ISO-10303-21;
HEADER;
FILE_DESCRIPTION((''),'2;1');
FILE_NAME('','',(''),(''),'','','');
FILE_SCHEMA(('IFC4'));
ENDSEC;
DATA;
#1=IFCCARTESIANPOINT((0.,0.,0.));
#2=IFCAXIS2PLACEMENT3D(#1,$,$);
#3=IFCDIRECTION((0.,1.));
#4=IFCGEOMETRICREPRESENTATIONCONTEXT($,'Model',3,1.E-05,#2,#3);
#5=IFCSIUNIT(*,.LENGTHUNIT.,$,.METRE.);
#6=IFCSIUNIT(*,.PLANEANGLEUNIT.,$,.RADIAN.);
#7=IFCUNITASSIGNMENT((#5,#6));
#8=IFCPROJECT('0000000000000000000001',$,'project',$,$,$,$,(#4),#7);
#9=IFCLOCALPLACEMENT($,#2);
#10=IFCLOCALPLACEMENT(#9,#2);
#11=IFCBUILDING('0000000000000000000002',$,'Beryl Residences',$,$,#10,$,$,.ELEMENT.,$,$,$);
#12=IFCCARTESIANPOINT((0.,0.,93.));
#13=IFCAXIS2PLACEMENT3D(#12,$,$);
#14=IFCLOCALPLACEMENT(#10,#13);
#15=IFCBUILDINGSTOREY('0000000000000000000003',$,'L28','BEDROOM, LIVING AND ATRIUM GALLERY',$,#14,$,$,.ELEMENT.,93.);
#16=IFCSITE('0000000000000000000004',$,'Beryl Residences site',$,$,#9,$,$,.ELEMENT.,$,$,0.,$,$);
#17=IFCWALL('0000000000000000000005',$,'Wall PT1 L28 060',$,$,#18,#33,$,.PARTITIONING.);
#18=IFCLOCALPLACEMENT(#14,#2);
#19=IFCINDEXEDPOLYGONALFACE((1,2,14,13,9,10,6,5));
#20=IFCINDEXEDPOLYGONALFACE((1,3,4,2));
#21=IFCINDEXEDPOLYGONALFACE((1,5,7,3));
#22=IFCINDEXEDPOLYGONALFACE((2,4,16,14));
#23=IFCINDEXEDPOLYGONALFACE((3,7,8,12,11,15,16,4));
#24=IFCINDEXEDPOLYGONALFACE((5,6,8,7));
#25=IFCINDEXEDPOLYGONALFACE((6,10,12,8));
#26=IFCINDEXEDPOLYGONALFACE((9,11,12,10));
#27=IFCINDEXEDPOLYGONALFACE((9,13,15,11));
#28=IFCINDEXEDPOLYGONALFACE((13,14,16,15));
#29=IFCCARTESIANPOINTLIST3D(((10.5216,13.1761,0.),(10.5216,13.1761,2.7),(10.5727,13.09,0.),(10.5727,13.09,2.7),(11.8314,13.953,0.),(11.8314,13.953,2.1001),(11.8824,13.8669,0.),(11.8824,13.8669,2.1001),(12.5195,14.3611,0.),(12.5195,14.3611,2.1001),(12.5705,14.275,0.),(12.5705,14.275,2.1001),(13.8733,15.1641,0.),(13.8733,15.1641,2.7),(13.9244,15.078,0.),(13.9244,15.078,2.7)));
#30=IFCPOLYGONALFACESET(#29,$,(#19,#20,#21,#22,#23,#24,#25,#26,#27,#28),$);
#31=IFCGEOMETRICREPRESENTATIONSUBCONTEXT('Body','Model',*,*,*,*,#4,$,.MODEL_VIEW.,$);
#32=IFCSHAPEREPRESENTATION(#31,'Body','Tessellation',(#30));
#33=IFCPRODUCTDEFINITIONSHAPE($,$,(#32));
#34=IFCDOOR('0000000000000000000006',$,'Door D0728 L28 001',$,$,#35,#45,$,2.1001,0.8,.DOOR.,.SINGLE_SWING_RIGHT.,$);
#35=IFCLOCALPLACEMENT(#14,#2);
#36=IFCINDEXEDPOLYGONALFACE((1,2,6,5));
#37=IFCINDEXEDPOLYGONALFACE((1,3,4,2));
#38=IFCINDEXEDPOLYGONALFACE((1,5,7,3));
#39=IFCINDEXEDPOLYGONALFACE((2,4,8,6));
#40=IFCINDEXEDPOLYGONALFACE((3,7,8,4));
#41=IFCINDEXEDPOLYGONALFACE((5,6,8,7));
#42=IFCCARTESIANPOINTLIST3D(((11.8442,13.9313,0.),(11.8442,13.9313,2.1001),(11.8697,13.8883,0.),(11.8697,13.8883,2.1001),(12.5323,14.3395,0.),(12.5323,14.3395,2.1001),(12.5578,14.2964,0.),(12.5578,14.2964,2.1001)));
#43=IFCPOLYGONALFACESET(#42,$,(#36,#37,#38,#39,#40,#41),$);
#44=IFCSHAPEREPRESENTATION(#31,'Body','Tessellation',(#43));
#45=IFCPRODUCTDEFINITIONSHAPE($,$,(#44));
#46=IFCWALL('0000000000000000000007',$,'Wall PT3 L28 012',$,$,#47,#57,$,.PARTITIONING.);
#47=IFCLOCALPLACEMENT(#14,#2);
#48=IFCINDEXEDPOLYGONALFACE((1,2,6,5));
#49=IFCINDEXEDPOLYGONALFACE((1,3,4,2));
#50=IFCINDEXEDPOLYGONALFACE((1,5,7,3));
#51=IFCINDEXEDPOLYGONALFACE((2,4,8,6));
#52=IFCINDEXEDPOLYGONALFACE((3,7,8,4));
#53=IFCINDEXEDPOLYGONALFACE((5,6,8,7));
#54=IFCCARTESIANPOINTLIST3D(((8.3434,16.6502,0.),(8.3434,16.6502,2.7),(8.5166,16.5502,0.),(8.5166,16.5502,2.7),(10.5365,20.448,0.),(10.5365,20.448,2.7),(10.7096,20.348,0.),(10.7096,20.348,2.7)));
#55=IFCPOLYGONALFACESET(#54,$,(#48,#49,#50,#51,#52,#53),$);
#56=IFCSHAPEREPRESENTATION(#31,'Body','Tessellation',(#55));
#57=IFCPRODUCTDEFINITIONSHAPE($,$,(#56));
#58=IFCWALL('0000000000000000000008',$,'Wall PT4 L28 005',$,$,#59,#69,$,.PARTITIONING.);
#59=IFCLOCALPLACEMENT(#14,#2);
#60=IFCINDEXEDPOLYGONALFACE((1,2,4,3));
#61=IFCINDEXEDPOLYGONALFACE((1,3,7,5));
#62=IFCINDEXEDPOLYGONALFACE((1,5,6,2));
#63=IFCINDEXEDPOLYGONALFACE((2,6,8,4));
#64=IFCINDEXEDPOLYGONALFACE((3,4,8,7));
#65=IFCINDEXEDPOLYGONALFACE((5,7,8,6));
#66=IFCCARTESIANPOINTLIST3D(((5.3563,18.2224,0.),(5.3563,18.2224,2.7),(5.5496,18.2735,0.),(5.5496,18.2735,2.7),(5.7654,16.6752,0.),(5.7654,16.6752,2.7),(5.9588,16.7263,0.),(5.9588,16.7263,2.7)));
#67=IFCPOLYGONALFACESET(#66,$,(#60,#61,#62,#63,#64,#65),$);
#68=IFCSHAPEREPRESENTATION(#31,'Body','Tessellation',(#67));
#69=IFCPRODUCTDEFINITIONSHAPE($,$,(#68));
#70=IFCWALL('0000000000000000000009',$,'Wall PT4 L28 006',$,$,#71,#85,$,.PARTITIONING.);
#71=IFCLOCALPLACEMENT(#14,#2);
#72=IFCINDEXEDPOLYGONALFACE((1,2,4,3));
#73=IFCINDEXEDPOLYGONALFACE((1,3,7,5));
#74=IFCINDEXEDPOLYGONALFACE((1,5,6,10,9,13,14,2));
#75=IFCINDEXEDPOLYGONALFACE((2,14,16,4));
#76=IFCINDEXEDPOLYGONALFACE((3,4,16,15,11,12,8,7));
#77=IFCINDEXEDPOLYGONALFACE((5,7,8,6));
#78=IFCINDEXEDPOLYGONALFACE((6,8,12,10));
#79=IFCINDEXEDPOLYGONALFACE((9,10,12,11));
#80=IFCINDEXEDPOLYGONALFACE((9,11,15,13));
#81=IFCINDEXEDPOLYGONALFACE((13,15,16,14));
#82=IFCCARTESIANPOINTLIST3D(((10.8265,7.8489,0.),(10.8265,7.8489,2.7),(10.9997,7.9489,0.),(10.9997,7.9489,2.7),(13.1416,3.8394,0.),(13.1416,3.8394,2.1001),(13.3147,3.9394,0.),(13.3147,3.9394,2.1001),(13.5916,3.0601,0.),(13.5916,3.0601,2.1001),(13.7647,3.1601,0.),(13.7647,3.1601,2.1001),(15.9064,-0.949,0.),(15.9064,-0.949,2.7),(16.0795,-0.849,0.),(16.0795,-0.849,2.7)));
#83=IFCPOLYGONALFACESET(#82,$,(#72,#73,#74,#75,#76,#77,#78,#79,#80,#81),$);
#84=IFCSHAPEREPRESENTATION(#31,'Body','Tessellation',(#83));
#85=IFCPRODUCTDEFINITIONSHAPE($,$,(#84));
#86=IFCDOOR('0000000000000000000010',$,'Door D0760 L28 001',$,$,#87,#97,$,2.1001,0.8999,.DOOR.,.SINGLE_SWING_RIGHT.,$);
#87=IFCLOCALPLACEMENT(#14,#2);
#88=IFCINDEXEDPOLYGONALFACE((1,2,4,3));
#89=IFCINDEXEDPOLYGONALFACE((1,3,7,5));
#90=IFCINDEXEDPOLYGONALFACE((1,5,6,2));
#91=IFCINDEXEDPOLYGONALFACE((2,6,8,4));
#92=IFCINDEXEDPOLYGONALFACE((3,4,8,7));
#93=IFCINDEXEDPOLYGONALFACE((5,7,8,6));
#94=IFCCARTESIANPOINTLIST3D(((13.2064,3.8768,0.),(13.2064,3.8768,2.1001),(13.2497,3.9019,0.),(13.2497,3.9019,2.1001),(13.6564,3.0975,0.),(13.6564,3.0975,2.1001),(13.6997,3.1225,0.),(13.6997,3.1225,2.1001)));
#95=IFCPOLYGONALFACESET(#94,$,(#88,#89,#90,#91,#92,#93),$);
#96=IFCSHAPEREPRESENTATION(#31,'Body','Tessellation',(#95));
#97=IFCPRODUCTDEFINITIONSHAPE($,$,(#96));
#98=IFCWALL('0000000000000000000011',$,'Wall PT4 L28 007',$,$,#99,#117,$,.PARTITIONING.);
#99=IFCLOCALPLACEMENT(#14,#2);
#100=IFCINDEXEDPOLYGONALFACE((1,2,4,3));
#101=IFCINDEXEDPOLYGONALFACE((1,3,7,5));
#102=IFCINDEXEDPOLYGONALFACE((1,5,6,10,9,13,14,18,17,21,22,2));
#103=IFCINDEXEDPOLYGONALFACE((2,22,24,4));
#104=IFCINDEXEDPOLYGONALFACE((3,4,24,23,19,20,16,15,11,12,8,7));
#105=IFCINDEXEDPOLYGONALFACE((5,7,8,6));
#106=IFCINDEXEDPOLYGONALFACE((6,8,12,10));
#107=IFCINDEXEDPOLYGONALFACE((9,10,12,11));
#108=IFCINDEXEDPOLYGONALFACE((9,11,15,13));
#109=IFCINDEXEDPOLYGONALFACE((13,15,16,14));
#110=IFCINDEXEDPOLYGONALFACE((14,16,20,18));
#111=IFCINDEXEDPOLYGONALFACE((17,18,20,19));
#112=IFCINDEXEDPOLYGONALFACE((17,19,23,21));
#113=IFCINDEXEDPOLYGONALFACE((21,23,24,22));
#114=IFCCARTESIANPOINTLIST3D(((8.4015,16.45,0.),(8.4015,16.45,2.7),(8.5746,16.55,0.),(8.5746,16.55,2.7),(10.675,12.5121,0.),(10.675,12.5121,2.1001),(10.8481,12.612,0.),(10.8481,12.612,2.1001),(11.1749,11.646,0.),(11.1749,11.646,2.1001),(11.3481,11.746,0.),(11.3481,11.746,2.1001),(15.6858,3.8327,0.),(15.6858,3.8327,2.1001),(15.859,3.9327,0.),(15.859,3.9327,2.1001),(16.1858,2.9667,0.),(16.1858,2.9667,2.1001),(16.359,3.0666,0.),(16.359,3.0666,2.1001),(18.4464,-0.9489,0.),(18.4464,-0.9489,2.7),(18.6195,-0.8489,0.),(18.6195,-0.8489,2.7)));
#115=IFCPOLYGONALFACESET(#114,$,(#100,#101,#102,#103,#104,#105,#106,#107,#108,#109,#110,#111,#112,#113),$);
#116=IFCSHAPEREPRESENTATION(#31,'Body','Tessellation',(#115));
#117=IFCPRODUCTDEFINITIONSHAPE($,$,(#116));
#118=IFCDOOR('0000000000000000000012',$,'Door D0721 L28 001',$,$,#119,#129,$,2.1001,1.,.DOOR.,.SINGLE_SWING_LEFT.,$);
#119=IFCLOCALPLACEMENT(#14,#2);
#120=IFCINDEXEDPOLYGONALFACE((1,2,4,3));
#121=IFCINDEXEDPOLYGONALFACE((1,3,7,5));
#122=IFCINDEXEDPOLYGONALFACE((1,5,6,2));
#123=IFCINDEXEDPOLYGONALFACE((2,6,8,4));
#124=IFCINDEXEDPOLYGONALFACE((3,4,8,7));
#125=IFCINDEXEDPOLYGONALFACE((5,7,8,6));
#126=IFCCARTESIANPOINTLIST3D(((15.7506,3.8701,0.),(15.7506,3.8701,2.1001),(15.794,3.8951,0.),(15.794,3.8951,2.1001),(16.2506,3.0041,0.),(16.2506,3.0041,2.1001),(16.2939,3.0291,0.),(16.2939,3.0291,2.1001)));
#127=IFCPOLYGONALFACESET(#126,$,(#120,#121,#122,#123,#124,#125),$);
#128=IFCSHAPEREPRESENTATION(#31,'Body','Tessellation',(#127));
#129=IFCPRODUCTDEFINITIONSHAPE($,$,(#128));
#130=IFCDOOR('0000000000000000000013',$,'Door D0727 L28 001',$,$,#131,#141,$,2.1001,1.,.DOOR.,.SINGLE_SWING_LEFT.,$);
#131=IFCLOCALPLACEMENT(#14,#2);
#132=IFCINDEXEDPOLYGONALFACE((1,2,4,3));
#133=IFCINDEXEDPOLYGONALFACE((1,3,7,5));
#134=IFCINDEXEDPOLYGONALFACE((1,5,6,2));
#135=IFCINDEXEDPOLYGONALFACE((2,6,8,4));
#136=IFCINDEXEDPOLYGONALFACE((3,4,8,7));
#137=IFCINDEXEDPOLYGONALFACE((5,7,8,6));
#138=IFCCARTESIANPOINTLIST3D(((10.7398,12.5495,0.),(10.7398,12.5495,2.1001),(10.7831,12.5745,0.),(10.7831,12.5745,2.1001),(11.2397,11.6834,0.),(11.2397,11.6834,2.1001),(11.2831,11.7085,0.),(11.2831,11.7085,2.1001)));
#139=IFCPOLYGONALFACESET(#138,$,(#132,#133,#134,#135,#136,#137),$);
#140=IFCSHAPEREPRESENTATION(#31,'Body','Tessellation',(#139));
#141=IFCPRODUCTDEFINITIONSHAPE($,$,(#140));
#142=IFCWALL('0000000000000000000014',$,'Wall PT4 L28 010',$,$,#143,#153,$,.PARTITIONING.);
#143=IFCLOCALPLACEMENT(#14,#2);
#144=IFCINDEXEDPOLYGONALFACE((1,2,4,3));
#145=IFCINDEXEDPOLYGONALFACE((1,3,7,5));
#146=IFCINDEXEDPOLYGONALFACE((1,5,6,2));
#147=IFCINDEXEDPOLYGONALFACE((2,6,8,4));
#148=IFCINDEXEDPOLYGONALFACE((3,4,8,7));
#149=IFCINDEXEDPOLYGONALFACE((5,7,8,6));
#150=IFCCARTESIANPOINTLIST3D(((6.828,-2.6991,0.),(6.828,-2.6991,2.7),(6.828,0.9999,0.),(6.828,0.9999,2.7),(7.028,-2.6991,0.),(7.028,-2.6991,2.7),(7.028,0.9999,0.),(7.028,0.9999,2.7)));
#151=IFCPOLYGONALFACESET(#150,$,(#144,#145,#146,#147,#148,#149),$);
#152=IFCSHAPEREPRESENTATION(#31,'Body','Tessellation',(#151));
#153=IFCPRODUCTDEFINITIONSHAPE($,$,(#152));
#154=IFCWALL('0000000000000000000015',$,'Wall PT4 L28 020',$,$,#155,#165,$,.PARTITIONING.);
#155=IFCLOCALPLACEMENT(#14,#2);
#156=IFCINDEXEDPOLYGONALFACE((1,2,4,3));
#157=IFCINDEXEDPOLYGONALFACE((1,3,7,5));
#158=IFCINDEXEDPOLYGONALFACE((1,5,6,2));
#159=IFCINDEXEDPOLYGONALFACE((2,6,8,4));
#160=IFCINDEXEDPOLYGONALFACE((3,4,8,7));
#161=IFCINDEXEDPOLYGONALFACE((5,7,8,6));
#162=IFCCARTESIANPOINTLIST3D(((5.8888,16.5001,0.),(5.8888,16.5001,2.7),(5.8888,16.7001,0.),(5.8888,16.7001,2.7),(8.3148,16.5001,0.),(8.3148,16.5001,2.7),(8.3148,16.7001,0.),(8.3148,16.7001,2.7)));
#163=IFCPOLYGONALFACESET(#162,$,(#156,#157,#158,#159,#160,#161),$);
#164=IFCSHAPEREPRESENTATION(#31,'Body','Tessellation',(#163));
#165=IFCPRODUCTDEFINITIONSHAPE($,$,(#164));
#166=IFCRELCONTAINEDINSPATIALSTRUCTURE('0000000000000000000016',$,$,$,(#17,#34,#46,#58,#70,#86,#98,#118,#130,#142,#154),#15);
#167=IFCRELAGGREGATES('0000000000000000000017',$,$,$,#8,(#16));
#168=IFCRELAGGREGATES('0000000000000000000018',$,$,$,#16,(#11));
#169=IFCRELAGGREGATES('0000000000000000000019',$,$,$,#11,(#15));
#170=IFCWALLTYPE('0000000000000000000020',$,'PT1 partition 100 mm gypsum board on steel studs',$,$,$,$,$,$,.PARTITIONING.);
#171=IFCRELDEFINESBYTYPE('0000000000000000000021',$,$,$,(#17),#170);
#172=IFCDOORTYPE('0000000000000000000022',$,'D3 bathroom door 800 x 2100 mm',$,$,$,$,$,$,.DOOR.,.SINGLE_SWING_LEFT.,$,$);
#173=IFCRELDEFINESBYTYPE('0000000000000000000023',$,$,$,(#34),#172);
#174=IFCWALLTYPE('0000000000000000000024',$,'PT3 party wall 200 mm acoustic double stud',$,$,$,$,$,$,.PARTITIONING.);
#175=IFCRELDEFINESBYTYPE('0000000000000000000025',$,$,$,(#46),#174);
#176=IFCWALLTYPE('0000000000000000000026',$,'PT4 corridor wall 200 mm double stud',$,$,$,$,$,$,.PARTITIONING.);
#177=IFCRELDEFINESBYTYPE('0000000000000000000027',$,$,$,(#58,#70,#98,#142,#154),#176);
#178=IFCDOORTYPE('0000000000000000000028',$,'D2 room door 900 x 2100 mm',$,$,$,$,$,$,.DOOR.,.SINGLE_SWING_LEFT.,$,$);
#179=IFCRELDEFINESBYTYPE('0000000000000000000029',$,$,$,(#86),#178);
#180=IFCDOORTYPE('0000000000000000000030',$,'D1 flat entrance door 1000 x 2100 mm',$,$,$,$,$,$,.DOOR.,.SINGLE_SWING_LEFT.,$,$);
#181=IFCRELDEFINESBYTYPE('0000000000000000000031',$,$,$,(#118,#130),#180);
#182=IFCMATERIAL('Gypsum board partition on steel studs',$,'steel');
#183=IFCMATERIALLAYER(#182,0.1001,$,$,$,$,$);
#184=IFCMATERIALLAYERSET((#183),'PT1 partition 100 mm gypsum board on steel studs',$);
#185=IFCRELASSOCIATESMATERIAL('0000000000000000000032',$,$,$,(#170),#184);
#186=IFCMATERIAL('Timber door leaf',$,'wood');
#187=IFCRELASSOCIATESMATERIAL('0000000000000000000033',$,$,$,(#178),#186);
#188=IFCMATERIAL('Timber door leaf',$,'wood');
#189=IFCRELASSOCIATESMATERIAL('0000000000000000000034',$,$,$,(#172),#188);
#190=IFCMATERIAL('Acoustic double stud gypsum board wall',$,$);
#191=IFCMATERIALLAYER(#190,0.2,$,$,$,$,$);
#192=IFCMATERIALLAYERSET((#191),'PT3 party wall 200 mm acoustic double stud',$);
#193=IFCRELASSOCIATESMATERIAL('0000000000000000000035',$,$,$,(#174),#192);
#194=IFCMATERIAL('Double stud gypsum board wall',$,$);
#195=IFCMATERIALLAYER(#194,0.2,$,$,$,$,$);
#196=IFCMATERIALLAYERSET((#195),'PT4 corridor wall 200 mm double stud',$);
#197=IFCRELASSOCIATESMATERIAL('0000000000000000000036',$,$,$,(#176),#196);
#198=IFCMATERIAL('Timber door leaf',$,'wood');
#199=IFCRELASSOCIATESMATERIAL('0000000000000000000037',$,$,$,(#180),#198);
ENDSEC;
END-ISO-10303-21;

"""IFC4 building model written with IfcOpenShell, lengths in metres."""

from ifc_helpers import new_model, si_unit, direction, frame, frame_2d, origin, place, context, subcontext, project, spatial, rectangle, extrude, material, layer, layer_set, type_object, element, fill, save


model = new_model("IFC4")

# Units and contexts
model_context = context("Model", 3, precision=1e-05, world=origin(), true_north=direction((0.0, 1.0)))
body_context = subcontext(model_context, "Body", "Model", "MODEL_VIEW")
ifc_project = project(units=[si_unit("LENGTHUNIT", "METRE"), si_unit("PLANEANGLEUNIT", "RADIAN")], contexts=[model_context])

# Site, building, storey
site_placement = place(None, origin())
site = spatial("IfcSite", under=ifc_project, at=site_placement, Name="Beryl Residences site", CompositionType="ELEMENT", RefElevation=0.0)
building_placement = place(site_placement, origin())
building = spatial("IfcBuilding", under=site, at=building_placement, Name="Beryl Residences", CompositionType="ELEMENT")
storey_placement = place(building_placement, frame((0.0, 0.0, 93.0)))
storey = spatial("IfcBuildingStorey", under=building, at=storey_placement, Name="L28", Description="BEDROOM, LIVING AND ATRIUM GALLERY", CompositionType="ELEMENT", Elevation=93.0)

# Shared definitions
ifc_material_1 = material(Name="Gypsum board partition on steel studs", Category="steel")
ifc_layer_1 = layer(ifc_material_1, 0.1001)
ifc_layer_set_1 = layer_set([ifc_layer_1], Name="PT1 partition 100 mm gypsum board on steel studs")
wall_type_1 = type_object("IfcWallType", Name="PT1 partition 100 mm gypsum board on steel studs", PredefinedType="PARTITIONING", material=ifc_layer_set_1)

# Wall, opening, door
ifc_material_2 = material(Name="Timber door leaf", Category="wood")
door_type_1 = type_object("IfcDoorType", Name="D2 room door 900 x 2100 mm", OperationType="SINGLE_SWING_LEFT", PredefinedType="DOOR", material=ifc_material_2)
wall_1_placement = place(storey_placement, frame((10.5471, 13.1331, 0.0), z_axis=(0.0, 0.0, 1.0), x_axis=(0.860091, 0.510141, 0.0)))
wall_1 = element("IfcWall", 1, at=wall_1_placement, inside=storey, type_object=wall_type_1, Name="Wall PT1 L28 060", PredefinedType="PARTITIONING", context=body_context, shape_type="SweptSolid", body=[
    extrude(rectangle(XDim=3.897, YDim=0.1001, at=frame_2d((1.9485, 0.0))), origin(), (0.0, 0.0, 1.0), 2.7),
])
opening_1_placement = place(wall_1_placement, frame((1.5229, 0.0, 0.0)))
opening_1 = element("IfcOpeningElement", 2, at=opening_1_placement, cuts=wall_1, PredefinedType="OPENING", context=body_context, shape_type="SweptSolid", body=[
    extrude(rectangle(XDim=0.8, YDim=2.1001, at=frame_2d((0.3999, 1.05))), frame((0.0, 0.0601, 0.0), z_axis=(0.0, -1.0, 0.0), x_axis=(1.0, 0.0, 0.0)), (0.0, 0.0, 1.0), 0.1201),
])
ifc_material_3 = material(Name="Timber door leaf", Category="wood")
door_type_2 = type_object("IfcDoorType", Name="D3 bathroom door 800 x 2100 mm", OperationType="SINGLE_SWING_LEFT", PredefinedType="DOOR", material=ifc_material_3)
door_1_placement = place(opening_1_placement, origin())
door_1 = element("IfcDoor", 3, at=door_1_placement, inside=storey, type_object=door_type_2, Name="Door D0728 L28 001", OperationType="SINGLE_SWING_RIGHT", OverallHeight=2.1001, OverallWidth=0.8, PredefinedType="DOOR", context=body_context, shape_type="SweptSolid", body=[
    extrude(rectangle(XDim=0.8, YDim=2.1001, at=frame_2d((0.3999, 1.05))), frame((0.0, 0.0249, 0.0), z_axis=(0.0, -1.0, 0.0), x_axis=(1.0, 0.0, 0.0)), (0.0, 0.0, 1.0), 0.05),
])
fill(opening_1, door_1)

# Walls
ifc_material_4 = material(Name="Acoustic double stud gypsum board wall")
ifc_layer_2 = layer(ifc_material_4, 0.2)
ifc_layer_set_2 = layer_set([ifc_layer_2], Name="PT3 party wall 200 mm acoustic double stud")
wall_type_2 = type_object("IfcWallType", Name="PT3 party wall 200 mm acoustic double stud", PredefinedType="PARTITIONING", material=ifc_layer_set_2)
wall_2_placement = place(storey_placement, frame((8.4299, 16.6001, 0.0), z_axis=(0.0, 0.0, 1.0), x_axis=(0.500073, 0.865983, 0.0)))
element("IfcWall", 4, at=wall_2_placement, inside=storey, type_object=wall_type_2, Name="Wall PT3 L28 012", PredefinedType="PARTITIONING", context=body_context, shape_type="SweptSolid", body=[
    extrude(rectangle(XDim=4.3855, YDim=0.2, at=frame_2d((2.1929, 0.0))), origin(), (0.0, 0.0, 1.0), 2.7),
])
ifc_material_5 = material(Name="Double stud gypsum board wall")
ifc_layer_3 = layer(ifc_material_5, 0.2)
ifc_layer_set_3 = layer_set([ifc_layer_3], Name="PT4 corridor wall 200 mm double stud")
wall_type_3 = type_object("IfcWallType", Name="PT4 corridor wall 200 mm double stud", PredefinedType="PARTITIONING", material=ifc_layer_set_3)
wall_3_placement = place(storey_placement, frame((5.4529, 18.248, 0.0), z_axis=(0.0, 0.0, 1.0), x_axis=(0.255687, -0.96676, 0.0)))
element("IfcWall", 5, at=wall_3_placement, inside=storey, type_object=wall_type_3, Name="Wall PT4 L28 005", PredefinedType="PARTITIONING", context=body_context, shape_type="SweptSolid", body=[
    extrude(rectangle(XDim=1.6003, YDim=0.2, at=frame_2d((0.8003, 0.0))), origin(), (0.0, 0.0, 1.0), 2.7),
])

# Wall, opening, door
wall_4_placement = place(storey_placement, frame((10.9131, 7.8989, 0.0), z_axis=(0.0, 0.0, 1.0), x_axis=(0.500029, -0.866009, 0.0)))
wall_4 = element("IfcWall", 6, at=wall_4_placement, inside=storey, type_object=wall_type_3, Name="Wall PT4 L28 006", PredefinedType="PARTITIONING", context=body_context, shape_type="SweptSolid", body=[
    extrude(rectangle(XDim=10.1592, YDim=0.2, at=frame_2d((5.0796, 0.0))), origin(), (0.0, 0.0, 1.0), 2.7),
])
opening_2_placement = place(wall_4_placement, frame((4.6299, 0.0, 0.0)))
opening_2 = element("IfcOpeningElement", 7, at=opening_2_placement, cuts=wall_4, PredefinedType="OPENING", context=body_context, shape_type="SweptSolid", body=[
    extrude(rectangle(XDim=0.8999, YDim=2.1001, at=frame_2d((0.45, 1.05))), frame((0.0, 0.1099, 0.0), z_axis=(0.0, -1.0, 0.0), x_axis=(1.0, 0.0, 0.0)), (0.0, 0.0, 1.0), 0.22),
])
door_2_placement = place(opening_2_placement, origin())
door_2 = element("IfcDoor", 8, at=door_2_placement, inside=storey, type_object=door_type_1, Name="Door D0760 L28 001", OperationType="SINGLE_SWING_RIGHT", OverallHeight=2.1001, OverallWidth=0.8999, PredefinedType="DOOR", context=body_context, shape_type="SweptSolid", body=[
    extrude(rectangle(XDim=0.8999, YDim=2.1001, at=frame_2d((0.45, 1.05))), frame((0.0, 0.0249, 0.0), z_axis=(0.0, -1.0, 0.0), x_axis=(1.0, 0.0, 0.0)), (0.0, 0.0, 1.0), 0.05),
])
fill(opening_2, door_2)

# Wall, openings, doors
wall_5_placement = place(storey_placement, frame((8.488, 16.5, 0.0), z_axis=(0.0, 0.0, 1.0), x_axis=(0.499987, -0.866033, 0.0)))
wall_5 = element("IfcWall", 9, at=wall_5_placement, inside=storey, type_object=wall_type_3, Name="Wall PT4 L28 007", PredefinedType="PARTITIONING", context=body_context, shape_type="SweptSolid", body=[
    extrude(rectangle(XDim=20.0903, YDim=0.2, at=frame_2d((10.0452, 0.0))), origin(), (0.0, 0.0, 1.0), 2.7),
])
opening_3_placement = place(wall_5_placement, frame((14.5691, 0.0, 0.0)))
opening_3 = element("IfcOpeningElement", 10, at=opening_3_placement, cuts=wall_5, PredefinedType="OPENING", context=body_context, shape_type="SweptSolid", body=[
    extrude(rectangle(XDim=1.0, YDim=2.1001, at=frame_2d((0.5, 1.05))), frame((0.0, 0.1099, 0.0), z_axis=(0.0, -1.0, 0.0), x_axis=(1.0, 0.0, 0.0)), (0.0, 0.0, 1.0), 0.22),
])
opening_4_placement = place(wall_5_placement, frame((4.5471, 0.0, 0.0)))
opening_4 = element("IfcOpeningElement", 11, at=opening_4_placement, cuts=wall_5, PredefinedType="OPENING", context=body_context, shape_type="SweptSolid", body=[
    extrude(rectangle(XDim=1.0, YDim=2.1001, at=frame_2d((0.5, 1.05))), frame((0.0, 0.1099, 0.0), z_axis=(0.0, -1.0, 0.0), x_axis=(1.0, 0.0, 0.0)), (0.0, 0.0, 1.0), 0.22),
])
ifc_material_6 = material(Name="Timber door leaf", Category="wood")
door_type_3 = type_object("IfcDoorType", Name="D1 flat entrance door 1000 x 2100 mm", OperationType="SINGLE_SWING_LEFT", PredefinedType="DOOR", material=ifc_material_6)
door_3_placement = place(opening_3_placement, origin())
door_3 = element("IfcDoor", 12, at=door_3_placement, inside=storey, type_object=door_type_3, Name="Door D0721 L28 001", OperationType="SINGLE_SWING_LEFT", OverallHeight=2.1001, OverallWidth=1.0, PredefinedType="DOOR", context=body_context, shape_type="SweptSolid", body=[
    extrude(rectangle(XDim=1.0, YDim=2.1001, at=frame_2d((0.5, 1.05))), frame((0.0, 0.0249, 0.0), z_axis=(0.0, -1.0, 0.0), x_axis=(1.0, 0.0, 0.0)), (0.0, 0.0, 1.0), 0.05),
])
fill(opening_3, door_3)
door_4_placement = place(opening_4_placement, origin())
door_4 = element("IfcDoor", 13, at=door_4_placement, inside=storey, type_object=door_type_3, Name="Door D0727 L28 001", OperationType="SINGLE_SWING_LEFT", OverallHeight=2.1001, OverallWidth=1.0, PredefinedType="DOOR", context=body_context, shape_type="SweptSolid", body=[
    extrude(rectangle(XDim=1.0, YDim=2.1001, at=frame_2d((0.5, 1.05))), frame((0.0, 0.0249, 0.0), z_axis=(0.0, -1.0, 0.0), x_axis=(1.0, 0.0, 0.0)), (0.0, 0.0, 1.0), 0.05),
])
fill(opening_4, door_4)

# Walls
wall_6_placement = place(storey_placement, frame((6.928, 1.0, 0.0), z_axis=(0.0, 0.0, 1.0), x_axis=(0.0, -1.0, 0.0)))
element("IfcWall", 14, at=wall_6_placement, inside=storey, type_object=wall_type_3, Name="Wall PT4 L28 010", PredefinedType="PARTITIONING", context=body_context, shape_type="SweptSolid", body=[
    extrude(rectangle(XDim=3.699, YDim=0.2, at=frame_2d((1.8496, 0.0))), origin(), (0.0, 0.0, 1.0), 2.7),
])
wall_7_placement = place(storey_placement, frame((5.8889, 16.6001, 0.0), z_axis=(0.0, 0.0, 1.0), x_axis=(1.0, 0.0, 0.0)))
element("IfcWall", 15, at=wall_7_placement, inside=storey, type_object=wall_type_3, Name="Wall PT4 L28 020", PredefinedType="PARTITIONING", context=body_context, shape_type="SweptSolid", body=[
    extrude(rectangle(XDim=2.426, YDim=0.2, at=frame_2d((1.2129, 0.0))), origin(), (0.0, 0.0, 1.0), 2.7),
])

save(model, "model.ifc")
